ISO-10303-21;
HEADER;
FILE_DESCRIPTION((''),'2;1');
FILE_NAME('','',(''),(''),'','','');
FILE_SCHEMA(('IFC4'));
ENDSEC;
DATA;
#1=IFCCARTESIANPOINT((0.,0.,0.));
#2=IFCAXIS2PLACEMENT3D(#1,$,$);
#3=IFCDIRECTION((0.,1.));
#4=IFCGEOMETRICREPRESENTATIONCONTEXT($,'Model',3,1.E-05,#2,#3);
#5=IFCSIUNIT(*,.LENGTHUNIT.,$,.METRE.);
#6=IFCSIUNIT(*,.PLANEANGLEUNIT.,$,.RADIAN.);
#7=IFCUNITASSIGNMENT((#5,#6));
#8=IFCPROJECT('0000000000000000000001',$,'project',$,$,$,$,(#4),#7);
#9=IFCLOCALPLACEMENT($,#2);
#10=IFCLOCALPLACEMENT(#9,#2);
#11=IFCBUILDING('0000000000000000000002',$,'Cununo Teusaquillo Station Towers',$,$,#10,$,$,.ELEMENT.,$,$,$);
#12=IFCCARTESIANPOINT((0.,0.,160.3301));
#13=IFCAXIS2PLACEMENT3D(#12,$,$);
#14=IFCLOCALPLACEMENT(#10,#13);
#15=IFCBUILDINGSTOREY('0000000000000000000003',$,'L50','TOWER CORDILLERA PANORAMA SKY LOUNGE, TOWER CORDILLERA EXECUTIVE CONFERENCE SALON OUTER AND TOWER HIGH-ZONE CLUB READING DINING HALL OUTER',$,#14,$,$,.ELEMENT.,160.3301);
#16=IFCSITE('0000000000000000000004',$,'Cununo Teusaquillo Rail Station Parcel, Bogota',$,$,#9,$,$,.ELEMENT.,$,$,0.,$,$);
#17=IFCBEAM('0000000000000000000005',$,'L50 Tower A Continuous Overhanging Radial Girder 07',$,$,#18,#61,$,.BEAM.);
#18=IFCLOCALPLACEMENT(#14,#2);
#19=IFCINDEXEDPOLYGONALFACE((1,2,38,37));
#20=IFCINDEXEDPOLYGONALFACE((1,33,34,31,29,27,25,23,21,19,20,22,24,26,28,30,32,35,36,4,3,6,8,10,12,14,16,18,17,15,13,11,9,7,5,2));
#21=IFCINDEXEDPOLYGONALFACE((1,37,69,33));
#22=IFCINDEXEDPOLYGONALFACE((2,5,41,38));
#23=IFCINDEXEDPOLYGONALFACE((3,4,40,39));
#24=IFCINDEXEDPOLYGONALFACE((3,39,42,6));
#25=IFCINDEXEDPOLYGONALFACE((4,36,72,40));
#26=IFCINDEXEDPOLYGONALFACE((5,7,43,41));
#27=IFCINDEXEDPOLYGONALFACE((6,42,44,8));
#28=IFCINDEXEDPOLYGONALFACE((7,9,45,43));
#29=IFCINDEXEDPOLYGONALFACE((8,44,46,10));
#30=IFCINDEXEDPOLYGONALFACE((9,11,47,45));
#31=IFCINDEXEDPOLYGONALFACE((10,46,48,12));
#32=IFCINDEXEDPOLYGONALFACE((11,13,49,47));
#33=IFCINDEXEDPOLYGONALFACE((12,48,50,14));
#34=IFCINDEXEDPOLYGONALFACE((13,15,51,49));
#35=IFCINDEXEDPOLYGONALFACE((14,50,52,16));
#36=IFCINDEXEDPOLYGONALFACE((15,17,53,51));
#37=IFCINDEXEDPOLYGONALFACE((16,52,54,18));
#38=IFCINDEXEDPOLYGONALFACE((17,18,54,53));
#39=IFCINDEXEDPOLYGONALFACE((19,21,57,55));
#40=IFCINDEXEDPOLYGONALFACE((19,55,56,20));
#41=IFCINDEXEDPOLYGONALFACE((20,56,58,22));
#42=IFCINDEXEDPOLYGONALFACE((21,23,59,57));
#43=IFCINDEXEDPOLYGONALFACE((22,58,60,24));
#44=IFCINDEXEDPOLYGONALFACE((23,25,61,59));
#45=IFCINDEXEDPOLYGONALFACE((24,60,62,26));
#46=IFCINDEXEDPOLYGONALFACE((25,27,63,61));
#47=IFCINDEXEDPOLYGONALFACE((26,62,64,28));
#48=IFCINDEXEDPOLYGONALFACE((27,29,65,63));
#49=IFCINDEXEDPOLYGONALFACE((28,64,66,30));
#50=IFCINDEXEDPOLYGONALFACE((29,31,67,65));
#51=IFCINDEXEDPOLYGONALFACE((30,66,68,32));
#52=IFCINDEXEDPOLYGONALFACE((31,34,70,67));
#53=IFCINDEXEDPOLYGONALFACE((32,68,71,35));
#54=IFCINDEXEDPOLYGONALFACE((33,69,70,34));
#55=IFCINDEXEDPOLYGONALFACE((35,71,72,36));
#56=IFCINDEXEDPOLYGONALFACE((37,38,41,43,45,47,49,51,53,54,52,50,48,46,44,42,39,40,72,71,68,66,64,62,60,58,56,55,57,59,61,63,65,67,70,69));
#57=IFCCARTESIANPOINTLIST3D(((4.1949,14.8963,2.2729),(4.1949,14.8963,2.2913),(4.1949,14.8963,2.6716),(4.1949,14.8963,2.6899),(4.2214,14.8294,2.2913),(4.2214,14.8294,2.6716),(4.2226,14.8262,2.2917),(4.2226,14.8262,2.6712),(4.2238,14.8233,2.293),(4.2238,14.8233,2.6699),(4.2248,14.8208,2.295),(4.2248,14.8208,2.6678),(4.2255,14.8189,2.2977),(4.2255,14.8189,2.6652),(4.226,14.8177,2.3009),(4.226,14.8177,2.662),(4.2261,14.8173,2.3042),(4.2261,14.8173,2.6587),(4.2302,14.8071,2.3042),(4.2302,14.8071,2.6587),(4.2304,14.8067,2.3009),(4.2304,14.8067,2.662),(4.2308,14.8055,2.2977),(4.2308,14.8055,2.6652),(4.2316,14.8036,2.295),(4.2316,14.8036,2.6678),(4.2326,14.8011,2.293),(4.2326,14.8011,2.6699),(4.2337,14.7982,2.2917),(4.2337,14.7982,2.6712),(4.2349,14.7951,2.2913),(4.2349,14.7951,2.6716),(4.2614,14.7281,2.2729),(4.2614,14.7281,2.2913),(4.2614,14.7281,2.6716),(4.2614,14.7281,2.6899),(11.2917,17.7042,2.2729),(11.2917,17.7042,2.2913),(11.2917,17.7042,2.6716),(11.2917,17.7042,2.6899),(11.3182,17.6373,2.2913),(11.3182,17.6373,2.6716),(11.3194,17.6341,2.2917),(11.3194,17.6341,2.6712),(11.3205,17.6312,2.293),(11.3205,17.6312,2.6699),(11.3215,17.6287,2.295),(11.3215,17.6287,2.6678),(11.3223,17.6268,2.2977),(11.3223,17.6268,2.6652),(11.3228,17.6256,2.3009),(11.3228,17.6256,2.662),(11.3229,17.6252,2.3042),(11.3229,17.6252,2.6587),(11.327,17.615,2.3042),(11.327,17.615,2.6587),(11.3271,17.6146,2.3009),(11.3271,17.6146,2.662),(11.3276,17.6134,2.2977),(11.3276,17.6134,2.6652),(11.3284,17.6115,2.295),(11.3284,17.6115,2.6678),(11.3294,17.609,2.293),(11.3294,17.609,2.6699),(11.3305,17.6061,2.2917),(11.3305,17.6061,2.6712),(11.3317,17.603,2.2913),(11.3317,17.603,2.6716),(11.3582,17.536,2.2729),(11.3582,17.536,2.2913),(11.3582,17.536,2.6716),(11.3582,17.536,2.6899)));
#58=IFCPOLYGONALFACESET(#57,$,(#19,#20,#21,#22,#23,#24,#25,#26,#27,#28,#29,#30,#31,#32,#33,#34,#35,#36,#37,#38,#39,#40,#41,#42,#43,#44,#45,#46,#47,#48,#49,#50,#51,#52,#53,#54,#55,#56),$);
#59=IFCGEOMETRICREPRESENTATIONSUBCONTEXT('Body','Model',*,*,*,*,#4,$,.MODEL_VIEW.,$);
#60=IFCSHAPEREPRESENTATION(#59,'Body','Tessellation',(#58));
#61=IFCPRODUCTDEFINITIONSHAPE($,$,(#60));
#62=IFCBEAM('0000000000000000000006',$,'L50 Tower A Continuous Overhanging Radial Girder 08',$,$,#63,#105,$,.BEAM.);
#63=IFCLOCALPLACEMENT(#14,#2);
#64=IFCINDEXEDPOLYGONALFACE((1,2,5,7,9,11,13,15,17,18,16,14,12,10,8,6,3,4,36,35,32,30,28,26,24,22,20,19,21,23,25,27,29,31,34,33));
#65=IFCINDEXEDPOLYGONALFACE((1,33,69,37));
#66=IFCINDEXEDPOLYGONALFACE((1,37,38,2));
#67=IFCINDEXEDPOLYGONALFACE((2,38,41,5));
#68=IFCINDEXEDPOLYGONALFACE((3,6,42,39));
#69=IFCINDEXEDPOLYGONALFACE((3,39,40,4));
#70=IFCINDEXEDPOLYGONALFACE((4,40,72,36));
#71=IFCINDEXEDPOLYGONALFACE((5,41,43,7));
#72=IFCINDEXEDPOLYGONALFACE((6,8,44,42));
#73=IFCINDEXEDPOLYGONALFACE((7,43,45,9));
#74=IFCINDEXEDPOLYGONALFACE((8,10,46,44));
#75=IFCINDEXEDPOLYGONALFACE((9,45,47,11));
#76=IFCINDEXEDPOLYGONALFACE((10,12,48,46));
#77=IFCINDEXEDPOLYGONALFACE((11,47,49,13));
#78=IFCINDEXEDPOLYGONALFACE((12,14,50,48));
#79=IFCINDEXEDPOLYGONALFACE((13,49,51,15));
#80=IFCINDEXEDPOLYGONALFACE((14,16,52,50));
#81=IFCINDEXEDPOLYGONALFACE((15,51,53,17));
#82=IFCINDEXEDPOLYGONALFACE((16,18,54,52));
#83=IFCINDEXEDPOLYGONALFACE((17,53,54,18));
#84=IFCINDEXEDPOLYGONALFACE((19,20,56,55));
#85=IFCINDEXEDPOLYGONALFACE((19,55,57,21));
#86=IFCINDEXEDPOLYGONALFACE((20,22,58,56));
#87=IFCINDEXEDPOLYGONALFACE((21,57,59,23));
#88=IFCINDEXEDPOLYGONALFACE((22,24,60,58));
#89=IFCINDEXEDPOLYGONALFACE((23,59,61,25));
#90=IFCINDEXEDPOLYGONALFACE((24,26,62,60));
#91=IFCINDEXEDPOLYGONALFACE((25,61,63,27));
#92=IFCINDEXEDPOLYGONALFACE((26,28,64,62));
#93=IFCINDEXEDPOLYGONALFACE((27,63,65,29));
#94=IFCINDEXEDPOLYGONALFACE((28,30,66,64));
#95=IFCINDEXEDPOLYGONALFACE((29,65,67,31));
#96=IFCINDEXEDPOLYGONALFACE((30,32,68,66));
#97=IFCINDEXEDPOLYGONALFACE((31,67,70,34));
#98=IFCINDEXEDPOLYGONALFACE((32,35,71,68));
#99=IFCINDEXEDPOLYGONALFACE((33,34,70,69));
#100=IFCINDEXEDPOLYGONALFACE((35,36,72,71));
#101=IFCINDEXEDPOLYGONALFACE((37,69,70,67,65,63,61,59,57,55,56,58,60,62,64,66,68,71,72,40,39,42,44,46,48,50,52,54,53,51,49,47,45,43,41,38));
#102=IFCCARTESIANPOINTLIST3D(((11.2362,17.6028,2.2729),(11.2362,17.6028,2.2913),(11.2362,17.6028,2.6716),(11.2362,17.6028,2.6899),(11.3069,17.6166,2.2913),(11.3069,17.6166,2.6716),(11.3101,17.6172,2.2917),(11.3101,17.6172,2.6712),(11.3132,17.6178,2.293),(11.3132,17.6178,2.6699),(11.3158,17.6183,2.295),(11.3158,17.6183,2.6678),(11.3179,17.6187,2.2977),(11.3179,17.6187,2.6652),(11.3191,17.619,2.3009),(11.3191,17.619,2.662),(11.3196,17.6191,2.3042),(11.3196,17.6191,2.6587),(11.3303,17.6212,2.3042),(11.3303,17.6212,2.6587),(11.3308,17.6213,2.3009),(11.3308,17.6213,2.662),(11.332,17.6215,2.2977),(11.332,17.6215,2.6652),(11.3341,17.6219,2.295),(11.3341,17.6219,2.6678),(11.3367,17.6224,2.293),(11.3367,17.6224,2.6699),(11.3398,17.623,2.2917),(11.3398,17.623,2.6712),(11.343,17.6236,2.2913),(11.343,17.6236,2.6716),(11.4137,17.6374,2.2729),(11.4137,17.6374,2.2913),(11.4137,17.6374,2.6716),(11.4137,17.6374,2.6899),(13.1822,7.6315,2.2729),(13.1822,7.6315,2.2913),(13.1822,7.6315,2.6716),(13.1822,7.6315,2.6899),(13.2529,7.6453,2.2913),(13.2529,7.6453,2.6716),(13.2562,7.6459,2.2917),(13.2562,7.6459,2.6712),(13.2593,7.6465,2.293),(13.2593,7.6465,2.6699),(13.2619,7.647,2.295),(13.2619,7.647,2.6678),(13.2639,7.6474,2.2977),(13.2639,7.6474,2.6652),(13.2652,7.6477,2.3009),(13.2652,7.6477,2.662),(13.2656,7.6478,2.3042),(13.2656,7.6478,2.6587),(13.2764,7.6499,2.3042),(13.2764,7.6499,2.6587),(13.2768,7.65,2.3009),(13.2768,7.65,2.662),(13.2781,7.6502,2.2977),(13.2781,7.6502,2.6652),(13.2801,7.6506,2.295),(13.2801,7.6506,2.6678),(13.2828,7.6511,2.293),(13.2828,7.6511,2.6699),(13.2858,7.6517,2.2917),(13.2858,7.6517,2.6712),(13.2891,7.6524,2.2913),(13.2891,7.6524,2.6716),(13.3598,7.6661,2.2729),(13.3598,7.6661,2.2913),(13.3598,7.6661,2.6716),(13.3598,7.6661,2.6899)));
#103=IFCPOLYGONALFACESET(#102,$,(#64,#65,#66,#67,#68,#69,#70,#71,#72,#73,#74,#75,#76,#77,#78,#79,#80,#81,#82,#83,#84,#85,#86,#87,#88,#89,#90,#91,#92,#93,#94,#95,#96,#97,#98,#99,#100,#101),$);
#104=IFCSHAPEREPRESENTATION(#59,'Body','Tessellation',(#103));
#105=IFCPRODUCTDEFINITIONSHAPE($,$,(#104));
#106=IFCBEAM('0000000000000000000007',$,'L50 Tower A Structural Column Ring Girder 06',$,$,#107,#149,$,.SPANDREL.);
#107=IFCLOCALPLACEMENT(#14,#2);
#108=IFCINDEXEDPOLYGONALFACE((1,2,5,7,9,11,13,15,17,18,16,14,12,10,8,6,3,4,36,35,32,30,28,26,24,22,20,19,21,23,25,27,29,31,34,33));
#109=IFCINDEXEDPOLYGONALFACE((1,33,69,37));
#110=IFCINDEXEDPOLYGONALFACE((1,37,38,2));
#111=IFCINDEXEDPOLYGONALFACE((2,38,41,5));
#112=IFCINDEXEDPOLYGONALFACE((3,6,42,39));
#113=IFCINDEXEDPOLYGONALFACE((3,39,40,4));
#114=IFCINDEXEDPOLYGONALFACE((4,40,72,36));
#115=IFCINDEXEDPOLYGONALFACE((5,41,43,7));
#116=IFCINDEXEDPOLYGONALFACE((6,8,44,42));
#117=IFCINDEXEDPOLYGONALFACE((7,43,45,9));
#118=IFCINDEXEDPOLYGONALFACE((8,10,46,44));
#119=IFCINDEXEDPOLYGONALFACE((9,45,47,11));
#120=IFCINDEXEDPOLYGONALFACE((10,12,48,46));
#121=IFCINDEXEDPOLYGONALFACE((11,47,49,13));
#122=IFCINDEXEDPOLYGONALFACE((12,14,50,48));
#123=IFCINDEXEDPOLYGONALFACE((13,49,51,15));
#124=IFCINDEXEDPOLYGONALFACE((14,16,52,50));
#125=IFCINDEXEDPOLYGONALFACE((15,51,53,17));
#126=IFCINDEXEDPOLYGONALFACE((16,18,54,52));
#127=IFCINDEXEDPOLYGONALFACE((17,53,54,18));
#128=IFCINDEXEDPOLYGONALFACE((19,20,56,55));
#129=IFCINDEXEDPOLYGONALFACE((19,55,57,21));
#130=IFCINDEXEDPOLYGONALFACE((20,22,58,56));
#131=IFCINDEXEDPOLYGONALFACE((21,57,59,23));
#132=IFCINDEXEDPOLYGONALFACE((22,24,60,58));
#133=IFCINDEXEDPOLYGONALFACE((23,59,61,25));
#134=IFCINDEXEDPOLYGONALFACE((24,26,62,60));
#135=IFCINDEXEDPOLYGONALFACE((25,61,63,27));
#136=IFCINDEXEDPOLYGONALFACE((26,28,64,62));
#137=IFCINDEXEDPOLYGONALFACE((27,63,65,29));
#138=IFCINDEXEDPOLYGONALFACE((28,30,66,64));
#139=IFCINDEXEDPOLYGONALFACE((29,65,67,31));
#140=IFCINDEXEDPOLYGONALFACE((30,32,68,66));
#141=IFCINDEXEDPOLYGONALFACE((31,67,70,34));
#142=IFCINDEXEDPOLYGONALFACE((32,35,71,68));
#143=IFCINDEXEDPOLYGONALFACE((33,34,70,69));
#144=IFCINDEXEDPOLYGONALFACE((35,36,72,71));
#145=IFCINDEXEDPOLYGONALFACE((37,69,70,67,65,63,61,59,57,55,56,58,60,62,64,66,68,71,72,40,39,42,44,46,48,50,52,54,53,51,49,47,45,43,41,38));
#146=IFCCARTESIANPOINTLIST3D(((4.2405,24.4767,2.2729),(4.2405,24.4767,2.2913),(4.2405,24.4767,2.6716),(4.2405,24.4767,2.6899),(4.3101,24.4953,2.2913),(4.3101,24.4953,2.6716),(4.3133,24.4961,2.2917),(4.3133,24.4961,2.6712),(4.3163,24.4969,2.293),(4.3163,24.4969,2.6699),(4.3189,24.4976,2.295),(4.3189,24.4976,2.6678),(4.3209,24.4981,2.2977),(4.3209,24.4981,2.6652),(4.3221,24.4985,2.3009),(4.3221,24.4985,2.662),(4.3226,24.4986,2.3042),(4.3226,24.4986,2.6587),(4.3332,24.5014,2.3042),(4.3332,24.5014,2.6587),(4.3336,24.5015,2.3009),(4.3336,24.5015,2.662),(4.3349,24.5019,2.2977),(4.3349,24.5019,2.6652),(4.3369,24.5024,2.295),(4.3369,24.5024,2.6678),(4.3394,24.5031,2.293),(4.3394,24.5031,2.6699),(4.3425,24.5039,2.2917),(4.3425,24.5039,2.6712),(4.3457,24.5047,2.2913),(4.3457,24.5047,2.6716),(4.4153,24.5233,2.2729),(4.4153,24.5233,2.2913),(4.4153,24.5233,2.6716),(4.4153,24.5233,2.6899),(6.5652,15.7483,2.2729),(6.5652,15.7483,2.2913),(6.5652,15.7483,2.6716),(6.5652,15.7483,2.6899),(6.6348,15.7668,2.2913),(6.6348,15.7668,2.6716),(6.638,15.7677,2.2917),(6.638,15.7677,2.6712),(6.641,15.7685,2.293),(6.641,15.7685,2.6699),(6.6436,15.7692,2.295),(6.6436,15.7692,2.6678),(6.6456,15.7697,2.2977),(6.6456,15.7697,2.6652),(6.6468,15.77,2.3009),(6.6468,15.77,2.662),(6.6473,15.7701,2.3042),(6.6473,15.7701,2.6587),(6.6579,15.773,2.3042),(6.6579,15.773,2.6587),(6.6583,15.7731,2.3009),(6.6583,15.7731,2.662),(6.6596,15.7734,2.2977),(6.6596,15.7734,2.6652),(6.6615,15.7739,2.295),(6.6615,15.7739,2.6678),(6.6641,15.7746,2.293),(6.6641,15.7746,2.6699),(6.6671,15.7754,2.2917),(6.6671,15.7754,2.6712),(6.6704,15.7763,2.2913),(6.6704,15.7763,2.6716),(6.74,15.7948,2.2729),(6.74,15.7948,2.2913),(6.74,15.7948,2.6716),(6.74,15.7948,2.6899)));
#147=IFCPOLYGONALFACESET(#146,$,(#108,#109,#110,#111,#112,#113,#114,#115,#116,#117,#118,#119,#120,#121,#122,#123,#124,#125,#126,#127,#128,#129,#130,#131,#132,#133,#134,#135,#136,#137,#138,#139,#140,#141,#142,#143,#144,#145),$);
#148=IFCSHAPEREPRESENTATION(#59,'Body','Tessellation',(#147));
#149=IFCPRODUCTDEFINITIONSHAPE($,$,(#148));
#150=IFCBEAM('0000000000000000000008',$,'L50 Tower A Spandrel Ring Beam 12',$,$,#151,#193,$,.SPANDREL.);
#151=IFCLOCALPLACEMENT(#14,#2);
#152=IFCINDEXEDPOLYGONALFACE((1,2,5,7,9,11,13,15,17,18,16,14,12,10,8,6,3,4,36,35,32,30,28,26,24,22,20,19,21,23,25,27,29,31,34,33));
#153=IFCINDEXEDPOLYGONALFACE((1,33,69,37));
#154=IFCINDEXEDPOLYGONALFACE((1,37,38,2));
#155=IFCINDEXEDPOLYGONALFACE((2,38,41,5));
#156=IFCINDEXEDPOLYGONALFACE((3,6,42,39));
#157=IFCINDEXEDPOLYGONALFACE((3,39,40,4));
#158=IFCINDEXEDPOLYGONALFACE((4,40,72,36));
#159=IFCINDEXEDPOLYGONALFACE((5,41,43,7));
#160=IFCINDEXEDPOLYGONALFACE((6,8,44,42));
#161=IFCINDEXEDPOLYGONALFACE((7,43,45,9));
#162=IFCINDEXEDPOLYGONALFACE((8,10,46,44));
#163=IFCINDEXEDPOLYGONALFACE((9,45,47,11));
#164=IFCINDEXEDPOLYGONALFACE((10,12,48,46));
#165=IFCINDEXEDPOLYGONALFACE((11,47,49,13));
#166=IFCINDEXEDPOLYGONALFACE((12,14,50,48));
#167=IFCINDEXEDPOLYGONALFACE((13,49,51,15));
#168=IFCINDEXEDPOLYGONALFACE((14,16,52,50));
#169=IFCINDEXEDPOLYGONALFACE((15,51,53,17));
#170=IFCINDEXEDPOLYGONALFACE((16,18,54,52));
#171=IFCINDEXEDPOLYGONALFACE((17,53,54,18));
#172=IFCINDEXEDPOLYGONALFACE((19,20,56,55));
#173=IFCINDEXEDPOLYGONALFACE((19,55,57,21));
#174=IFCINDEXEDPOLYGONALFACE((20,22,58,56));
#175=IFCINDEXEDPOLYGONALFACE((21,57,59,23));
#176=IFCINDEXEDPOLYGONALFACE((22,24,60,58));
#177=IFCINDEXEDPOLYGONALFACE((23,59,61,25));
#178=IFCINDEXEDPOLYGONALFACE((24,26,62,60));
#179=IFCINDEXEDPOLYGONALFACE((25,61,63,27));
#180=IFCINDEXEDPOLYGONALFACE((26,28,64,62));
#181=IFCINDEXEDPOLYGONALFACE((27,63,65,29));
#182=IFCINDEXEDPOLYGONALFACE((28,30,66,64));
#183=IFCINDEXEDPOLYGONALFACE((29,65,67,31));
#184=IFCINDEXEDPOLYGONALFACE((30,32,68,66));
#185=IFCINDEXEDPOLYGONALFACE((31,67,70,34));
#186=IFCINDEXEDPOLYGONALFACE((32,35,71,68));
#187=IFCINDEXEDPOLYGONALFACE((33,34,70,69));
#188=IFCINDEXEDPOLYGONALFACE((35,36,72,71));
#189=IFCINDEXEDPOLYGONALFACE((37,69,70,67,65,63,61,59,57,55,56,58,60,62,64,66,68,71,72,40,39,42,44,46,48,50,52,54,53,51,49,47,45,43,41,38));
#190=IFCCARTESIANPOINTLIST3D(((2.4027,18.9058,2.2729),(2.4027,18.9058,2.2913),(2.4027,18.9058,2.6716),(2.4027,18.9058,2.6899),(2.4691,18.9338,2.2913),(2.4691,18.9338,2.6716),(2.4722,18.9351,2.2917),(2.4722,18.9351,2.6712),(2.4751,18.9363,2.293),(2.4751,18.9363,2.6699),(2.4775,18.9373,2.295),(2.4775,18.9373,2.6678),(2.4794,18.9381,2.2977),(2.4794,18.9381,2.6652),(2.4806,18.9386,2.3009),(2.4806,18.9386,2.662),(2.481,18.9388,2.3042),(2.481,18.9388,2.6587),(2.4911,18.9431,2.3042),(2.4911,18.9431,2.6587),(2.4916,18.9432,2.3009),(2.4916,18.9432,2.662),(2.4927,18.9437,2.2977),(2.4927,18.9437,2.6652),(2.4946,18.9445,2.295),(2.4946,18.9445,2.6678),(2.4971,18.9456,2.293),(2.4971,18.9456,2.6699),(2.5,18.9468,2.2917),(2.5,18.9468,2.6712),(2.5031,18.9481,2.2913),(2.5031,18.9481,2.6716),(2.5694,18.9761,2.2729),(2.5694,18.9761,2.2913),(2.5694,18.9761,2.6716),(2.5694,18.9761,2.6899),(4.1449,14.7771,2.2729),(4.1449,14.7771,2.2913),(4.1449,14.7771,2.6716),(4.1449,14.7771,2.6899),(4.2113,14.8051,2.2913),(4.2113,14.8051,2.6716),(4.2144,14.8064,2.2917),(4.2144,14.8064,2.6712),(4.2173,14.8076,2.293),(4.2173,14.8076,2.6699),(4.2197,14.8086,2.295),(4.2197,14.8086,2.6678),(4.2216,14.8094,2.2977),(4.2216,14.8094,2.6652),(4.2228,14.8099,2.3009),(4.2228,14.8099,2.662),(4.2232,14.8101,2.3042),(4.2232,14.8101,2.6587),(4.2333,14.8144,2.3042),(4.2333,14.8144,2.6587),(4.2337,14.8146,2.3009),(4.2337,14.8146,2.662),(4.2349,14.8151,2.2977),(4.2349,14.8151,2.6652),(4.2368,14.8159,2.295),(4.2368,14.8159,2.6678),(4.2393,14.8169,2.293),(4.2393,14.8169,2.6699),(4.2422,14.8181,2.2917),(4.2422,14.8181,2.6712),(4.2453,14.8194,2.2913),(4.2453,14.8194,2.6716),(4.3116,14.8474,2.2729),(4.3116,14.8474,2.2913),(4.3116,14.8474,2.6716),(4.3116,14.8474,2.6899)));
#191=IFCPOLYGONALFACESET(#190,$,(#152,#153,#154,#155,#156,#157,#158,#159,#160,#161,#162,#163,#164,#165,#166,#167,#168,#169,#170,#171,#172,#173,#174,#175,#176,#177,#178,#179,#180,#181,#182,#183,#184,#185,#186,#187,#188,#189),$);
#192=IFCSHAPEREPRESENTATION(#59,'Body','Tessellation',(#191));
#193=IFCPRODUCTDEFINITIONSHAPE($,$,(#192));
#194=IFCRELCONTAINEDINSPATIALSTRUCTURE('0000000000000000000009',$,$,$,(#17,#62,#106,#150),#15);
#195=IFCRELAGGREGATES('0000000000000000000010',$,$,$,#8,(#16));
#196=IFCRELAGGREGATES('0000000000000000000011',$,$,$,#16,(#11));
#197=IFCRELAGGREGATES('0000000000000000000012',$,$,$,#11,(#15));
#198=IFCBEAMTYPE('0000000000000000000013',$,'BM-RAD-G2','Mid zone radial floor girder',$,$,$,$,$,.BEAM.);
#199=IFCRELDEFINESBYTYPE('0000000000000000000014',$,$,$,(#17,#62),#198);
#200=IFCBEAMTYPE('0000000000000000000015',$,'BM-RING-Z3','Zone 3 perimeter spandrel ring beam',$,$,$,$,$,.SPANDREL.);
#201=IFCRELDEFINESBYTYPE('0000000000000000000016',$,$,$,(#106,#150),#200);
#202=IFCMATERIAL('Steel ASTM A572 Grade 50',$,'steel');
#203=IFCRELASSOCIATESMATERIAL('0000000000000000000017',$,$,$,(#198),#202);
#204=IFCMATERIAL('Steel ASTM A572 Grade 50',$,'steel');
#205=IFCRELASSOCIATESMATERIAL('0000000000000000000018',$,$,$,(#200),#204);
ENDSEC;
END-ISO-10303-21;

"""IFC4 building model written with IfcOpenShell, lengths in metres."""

from ifc_helpers import new_model, si_unit, direction, frame, origin, origin_2d, place, context, subcontext, project, spatial, i_section, extrude, material, material_profile, profile_set, type_object, element, save


model = new_model("IFC4")

# Units and contexts
model_context = context("Model", 3, precision=1e-05, world=origin(), true_north=direction((0.0, 1.0)))
body_context = subcontext(model_context, "Body", "Model", "MODEL_VIEW")
ifc_project = project(units=[si_unit("LENGTHUNIT", "METRE"), si_unit("PLANEANGLEUNIT", "RADIAN")], contexts=[model_context])

# Site, building, storey
site_placement = place(None, origin())
site = spatial("IfcSite", under=ifc_project, at=site_placement, Name="Cununo Teusaquillo Rail Station Parcel, Bogota", CompositionType="ELEMENT", RefElevation=0.0)
building_placement = place(site_placement, origin())
building = spatial("IfcBuilding", under=site, at=building_placement, Name="Cununo Teusaquillo Station Towers", CompositionType="ELEMENT")
storey_placement = place(building_placement, frame((0.0, 0.0, 160.3301)))
storey = spatial("IfcBuildingStorey", under=building, at=storey_placement, Name="L50", Description="TOWER CORDILLERA PANORAMA SKY LOUNGE, TOWER CORDILLERA EXECUTIVE CONFERENCE SALON OUTER AND TOWER HIGH-ZONE CLUB READING DINING HALL OUTER", CompositionType="ELEMENT", Elevation=160.3301)

# Beams
ifc_material_1 = material(Name="Steel ASTM A572 Grade 50", Category="steel")
ifc_material_profile_1 = material_profile(ifc_material_1, i_section(OverallWidth=0.1809, OverallDepth=0.417, WebThickness=0.011, FlangeThickness=0.0183, FilletRadius=0.0129, at=origin_2d()), Name="W16X57")
ifc_profile_set_1 = profile_set([ifc_material_profile_1], Name="Steel ASTM A572 Grade 50")
beam_type_1 = type_object("IfcBeamType", Name="BM-RAD-G2", Description="Mid zone radial floor girder", PredefinedType="BEAM", material=ifc_profile_set_1)
beam_1_placement = place(storey_placement, frame((11.325, 17.6201, 2.4814), z_axis=(-0.929862, -0.367908, 0.0), x_axis=(0.367908, -0.929862, 0.0)))
element("IfcBeam", 1, at=beam_1_placement, inside=storey, type_object=beam_type_1, Name="L50 Tower A Continuous Overhanging Radial Girder 07", PredefinedType="BEAM", context=body_context, shape_type="SweptSolid", body=[
    extrude(i_section(OverallWidth=0.1809, OverallDepth=0.417, WebThickness=0.011, FlangeThickness=0.0183, FilletRadius=0.0129, at=origin_2d()), origin(), (0.0, 0.0, 1.0), 7.6321),
])
beam_2_placement = place(storey_placement, frame((11.325, 17.6201, 2.4814), z_axis=(0.191553, -0.981482, 0.0), x_axis=(0.981482, 0.191553, 0.0)))
element("IfcBeam", 2, at=beam_2_placement, inside=storey, type_object=beam_type_1, Name="L50 Tower A Continuous Overhanging Radial Girder 08", PredefinedType="BEAM", context=body_context, shape_type="SweptSolid", body=[
    extrude(i_section(OverallWidth=0.1809, OverallDepth=0.417, WebThickness=0.011, FlangeThickness=0.0183, FilletRadius=0.0129, at=origin_2d()), origin(), (0.0, 0.0, 1.0), 10.1594),
])
ifc_material_2 = material(Name="Steel ASTM A572 Grade 50", Category="steel")
ifc_material_profile_2 = material_profile(ifc_material_2, i_section(OverallWidth=0.1809, OverallDepth=0.417, WebThickness=0.011, FlangeThickness=0.0183, FilletRadius=0.0129, at=origin_2d()), Name="W16X57")
ifc_profile_set_2 = profile_set([ifc_material_profile_2], Name="Steel ASTM A572 Grade 50")
beam_type_2 = type_object("IfcBeamType", Name="BM-RING-Z3", Description="Zone 3 perimeter spandrel ring beam", PredefinedType="SPANDREL", material=ifc_profile_set_2)
beam_3_placement = place(storey_placement, frame((4.3279, 24.5, 2.4814), z_axis=(0.257363, -0.966315, 0.0), x_axis=(0.966315, 0.257363, 0.0)))
element("IfcBeam", 3, at=beam_3_placement, inside=storey, type_object=beam_type_2, Name="L50 Tower A Structural Column Ring Girder 06", PredefinedType="SPANDREL", context=body_context, shape_type="SweptSolid", body=[
    extrude(i_section(OverallWidth=0.1809, OverallDepth=0.417, WebThickness=0.011, FlangeThickness=0.0183, FilletRadius=0.0129, at=origin_2d()), origin(), (0.0, 0.0, 1.0), 9.0327),
])
beam_4_placement = place(storey_placement, frame((2.4861, 18.9409, 2.4814), z_axis=(0.388778, -0.921332, 0.0), x_axis=(0.921332, 0.388778, 0.0)))
element("IfcBeam", 4, at=beam_4_placement, inside=storey, type_object=beam_type_2, Name="L50 Tower A Spandrel Ring Beam 12", PredefinedType="SPANDREL", context=body_context, shape_type="SweptSolid", body=[
    extrude(i_section(OverallWidth=0.1809, OverallDepth=0.417, WebThickness=0.011, FlangeThickness=0.0183, FilletRadius=0.0129, at=origin_2d()), origin(), (0.0, 0.0, 1.0), 4.4812),
])

save(model, "model.ifc")
